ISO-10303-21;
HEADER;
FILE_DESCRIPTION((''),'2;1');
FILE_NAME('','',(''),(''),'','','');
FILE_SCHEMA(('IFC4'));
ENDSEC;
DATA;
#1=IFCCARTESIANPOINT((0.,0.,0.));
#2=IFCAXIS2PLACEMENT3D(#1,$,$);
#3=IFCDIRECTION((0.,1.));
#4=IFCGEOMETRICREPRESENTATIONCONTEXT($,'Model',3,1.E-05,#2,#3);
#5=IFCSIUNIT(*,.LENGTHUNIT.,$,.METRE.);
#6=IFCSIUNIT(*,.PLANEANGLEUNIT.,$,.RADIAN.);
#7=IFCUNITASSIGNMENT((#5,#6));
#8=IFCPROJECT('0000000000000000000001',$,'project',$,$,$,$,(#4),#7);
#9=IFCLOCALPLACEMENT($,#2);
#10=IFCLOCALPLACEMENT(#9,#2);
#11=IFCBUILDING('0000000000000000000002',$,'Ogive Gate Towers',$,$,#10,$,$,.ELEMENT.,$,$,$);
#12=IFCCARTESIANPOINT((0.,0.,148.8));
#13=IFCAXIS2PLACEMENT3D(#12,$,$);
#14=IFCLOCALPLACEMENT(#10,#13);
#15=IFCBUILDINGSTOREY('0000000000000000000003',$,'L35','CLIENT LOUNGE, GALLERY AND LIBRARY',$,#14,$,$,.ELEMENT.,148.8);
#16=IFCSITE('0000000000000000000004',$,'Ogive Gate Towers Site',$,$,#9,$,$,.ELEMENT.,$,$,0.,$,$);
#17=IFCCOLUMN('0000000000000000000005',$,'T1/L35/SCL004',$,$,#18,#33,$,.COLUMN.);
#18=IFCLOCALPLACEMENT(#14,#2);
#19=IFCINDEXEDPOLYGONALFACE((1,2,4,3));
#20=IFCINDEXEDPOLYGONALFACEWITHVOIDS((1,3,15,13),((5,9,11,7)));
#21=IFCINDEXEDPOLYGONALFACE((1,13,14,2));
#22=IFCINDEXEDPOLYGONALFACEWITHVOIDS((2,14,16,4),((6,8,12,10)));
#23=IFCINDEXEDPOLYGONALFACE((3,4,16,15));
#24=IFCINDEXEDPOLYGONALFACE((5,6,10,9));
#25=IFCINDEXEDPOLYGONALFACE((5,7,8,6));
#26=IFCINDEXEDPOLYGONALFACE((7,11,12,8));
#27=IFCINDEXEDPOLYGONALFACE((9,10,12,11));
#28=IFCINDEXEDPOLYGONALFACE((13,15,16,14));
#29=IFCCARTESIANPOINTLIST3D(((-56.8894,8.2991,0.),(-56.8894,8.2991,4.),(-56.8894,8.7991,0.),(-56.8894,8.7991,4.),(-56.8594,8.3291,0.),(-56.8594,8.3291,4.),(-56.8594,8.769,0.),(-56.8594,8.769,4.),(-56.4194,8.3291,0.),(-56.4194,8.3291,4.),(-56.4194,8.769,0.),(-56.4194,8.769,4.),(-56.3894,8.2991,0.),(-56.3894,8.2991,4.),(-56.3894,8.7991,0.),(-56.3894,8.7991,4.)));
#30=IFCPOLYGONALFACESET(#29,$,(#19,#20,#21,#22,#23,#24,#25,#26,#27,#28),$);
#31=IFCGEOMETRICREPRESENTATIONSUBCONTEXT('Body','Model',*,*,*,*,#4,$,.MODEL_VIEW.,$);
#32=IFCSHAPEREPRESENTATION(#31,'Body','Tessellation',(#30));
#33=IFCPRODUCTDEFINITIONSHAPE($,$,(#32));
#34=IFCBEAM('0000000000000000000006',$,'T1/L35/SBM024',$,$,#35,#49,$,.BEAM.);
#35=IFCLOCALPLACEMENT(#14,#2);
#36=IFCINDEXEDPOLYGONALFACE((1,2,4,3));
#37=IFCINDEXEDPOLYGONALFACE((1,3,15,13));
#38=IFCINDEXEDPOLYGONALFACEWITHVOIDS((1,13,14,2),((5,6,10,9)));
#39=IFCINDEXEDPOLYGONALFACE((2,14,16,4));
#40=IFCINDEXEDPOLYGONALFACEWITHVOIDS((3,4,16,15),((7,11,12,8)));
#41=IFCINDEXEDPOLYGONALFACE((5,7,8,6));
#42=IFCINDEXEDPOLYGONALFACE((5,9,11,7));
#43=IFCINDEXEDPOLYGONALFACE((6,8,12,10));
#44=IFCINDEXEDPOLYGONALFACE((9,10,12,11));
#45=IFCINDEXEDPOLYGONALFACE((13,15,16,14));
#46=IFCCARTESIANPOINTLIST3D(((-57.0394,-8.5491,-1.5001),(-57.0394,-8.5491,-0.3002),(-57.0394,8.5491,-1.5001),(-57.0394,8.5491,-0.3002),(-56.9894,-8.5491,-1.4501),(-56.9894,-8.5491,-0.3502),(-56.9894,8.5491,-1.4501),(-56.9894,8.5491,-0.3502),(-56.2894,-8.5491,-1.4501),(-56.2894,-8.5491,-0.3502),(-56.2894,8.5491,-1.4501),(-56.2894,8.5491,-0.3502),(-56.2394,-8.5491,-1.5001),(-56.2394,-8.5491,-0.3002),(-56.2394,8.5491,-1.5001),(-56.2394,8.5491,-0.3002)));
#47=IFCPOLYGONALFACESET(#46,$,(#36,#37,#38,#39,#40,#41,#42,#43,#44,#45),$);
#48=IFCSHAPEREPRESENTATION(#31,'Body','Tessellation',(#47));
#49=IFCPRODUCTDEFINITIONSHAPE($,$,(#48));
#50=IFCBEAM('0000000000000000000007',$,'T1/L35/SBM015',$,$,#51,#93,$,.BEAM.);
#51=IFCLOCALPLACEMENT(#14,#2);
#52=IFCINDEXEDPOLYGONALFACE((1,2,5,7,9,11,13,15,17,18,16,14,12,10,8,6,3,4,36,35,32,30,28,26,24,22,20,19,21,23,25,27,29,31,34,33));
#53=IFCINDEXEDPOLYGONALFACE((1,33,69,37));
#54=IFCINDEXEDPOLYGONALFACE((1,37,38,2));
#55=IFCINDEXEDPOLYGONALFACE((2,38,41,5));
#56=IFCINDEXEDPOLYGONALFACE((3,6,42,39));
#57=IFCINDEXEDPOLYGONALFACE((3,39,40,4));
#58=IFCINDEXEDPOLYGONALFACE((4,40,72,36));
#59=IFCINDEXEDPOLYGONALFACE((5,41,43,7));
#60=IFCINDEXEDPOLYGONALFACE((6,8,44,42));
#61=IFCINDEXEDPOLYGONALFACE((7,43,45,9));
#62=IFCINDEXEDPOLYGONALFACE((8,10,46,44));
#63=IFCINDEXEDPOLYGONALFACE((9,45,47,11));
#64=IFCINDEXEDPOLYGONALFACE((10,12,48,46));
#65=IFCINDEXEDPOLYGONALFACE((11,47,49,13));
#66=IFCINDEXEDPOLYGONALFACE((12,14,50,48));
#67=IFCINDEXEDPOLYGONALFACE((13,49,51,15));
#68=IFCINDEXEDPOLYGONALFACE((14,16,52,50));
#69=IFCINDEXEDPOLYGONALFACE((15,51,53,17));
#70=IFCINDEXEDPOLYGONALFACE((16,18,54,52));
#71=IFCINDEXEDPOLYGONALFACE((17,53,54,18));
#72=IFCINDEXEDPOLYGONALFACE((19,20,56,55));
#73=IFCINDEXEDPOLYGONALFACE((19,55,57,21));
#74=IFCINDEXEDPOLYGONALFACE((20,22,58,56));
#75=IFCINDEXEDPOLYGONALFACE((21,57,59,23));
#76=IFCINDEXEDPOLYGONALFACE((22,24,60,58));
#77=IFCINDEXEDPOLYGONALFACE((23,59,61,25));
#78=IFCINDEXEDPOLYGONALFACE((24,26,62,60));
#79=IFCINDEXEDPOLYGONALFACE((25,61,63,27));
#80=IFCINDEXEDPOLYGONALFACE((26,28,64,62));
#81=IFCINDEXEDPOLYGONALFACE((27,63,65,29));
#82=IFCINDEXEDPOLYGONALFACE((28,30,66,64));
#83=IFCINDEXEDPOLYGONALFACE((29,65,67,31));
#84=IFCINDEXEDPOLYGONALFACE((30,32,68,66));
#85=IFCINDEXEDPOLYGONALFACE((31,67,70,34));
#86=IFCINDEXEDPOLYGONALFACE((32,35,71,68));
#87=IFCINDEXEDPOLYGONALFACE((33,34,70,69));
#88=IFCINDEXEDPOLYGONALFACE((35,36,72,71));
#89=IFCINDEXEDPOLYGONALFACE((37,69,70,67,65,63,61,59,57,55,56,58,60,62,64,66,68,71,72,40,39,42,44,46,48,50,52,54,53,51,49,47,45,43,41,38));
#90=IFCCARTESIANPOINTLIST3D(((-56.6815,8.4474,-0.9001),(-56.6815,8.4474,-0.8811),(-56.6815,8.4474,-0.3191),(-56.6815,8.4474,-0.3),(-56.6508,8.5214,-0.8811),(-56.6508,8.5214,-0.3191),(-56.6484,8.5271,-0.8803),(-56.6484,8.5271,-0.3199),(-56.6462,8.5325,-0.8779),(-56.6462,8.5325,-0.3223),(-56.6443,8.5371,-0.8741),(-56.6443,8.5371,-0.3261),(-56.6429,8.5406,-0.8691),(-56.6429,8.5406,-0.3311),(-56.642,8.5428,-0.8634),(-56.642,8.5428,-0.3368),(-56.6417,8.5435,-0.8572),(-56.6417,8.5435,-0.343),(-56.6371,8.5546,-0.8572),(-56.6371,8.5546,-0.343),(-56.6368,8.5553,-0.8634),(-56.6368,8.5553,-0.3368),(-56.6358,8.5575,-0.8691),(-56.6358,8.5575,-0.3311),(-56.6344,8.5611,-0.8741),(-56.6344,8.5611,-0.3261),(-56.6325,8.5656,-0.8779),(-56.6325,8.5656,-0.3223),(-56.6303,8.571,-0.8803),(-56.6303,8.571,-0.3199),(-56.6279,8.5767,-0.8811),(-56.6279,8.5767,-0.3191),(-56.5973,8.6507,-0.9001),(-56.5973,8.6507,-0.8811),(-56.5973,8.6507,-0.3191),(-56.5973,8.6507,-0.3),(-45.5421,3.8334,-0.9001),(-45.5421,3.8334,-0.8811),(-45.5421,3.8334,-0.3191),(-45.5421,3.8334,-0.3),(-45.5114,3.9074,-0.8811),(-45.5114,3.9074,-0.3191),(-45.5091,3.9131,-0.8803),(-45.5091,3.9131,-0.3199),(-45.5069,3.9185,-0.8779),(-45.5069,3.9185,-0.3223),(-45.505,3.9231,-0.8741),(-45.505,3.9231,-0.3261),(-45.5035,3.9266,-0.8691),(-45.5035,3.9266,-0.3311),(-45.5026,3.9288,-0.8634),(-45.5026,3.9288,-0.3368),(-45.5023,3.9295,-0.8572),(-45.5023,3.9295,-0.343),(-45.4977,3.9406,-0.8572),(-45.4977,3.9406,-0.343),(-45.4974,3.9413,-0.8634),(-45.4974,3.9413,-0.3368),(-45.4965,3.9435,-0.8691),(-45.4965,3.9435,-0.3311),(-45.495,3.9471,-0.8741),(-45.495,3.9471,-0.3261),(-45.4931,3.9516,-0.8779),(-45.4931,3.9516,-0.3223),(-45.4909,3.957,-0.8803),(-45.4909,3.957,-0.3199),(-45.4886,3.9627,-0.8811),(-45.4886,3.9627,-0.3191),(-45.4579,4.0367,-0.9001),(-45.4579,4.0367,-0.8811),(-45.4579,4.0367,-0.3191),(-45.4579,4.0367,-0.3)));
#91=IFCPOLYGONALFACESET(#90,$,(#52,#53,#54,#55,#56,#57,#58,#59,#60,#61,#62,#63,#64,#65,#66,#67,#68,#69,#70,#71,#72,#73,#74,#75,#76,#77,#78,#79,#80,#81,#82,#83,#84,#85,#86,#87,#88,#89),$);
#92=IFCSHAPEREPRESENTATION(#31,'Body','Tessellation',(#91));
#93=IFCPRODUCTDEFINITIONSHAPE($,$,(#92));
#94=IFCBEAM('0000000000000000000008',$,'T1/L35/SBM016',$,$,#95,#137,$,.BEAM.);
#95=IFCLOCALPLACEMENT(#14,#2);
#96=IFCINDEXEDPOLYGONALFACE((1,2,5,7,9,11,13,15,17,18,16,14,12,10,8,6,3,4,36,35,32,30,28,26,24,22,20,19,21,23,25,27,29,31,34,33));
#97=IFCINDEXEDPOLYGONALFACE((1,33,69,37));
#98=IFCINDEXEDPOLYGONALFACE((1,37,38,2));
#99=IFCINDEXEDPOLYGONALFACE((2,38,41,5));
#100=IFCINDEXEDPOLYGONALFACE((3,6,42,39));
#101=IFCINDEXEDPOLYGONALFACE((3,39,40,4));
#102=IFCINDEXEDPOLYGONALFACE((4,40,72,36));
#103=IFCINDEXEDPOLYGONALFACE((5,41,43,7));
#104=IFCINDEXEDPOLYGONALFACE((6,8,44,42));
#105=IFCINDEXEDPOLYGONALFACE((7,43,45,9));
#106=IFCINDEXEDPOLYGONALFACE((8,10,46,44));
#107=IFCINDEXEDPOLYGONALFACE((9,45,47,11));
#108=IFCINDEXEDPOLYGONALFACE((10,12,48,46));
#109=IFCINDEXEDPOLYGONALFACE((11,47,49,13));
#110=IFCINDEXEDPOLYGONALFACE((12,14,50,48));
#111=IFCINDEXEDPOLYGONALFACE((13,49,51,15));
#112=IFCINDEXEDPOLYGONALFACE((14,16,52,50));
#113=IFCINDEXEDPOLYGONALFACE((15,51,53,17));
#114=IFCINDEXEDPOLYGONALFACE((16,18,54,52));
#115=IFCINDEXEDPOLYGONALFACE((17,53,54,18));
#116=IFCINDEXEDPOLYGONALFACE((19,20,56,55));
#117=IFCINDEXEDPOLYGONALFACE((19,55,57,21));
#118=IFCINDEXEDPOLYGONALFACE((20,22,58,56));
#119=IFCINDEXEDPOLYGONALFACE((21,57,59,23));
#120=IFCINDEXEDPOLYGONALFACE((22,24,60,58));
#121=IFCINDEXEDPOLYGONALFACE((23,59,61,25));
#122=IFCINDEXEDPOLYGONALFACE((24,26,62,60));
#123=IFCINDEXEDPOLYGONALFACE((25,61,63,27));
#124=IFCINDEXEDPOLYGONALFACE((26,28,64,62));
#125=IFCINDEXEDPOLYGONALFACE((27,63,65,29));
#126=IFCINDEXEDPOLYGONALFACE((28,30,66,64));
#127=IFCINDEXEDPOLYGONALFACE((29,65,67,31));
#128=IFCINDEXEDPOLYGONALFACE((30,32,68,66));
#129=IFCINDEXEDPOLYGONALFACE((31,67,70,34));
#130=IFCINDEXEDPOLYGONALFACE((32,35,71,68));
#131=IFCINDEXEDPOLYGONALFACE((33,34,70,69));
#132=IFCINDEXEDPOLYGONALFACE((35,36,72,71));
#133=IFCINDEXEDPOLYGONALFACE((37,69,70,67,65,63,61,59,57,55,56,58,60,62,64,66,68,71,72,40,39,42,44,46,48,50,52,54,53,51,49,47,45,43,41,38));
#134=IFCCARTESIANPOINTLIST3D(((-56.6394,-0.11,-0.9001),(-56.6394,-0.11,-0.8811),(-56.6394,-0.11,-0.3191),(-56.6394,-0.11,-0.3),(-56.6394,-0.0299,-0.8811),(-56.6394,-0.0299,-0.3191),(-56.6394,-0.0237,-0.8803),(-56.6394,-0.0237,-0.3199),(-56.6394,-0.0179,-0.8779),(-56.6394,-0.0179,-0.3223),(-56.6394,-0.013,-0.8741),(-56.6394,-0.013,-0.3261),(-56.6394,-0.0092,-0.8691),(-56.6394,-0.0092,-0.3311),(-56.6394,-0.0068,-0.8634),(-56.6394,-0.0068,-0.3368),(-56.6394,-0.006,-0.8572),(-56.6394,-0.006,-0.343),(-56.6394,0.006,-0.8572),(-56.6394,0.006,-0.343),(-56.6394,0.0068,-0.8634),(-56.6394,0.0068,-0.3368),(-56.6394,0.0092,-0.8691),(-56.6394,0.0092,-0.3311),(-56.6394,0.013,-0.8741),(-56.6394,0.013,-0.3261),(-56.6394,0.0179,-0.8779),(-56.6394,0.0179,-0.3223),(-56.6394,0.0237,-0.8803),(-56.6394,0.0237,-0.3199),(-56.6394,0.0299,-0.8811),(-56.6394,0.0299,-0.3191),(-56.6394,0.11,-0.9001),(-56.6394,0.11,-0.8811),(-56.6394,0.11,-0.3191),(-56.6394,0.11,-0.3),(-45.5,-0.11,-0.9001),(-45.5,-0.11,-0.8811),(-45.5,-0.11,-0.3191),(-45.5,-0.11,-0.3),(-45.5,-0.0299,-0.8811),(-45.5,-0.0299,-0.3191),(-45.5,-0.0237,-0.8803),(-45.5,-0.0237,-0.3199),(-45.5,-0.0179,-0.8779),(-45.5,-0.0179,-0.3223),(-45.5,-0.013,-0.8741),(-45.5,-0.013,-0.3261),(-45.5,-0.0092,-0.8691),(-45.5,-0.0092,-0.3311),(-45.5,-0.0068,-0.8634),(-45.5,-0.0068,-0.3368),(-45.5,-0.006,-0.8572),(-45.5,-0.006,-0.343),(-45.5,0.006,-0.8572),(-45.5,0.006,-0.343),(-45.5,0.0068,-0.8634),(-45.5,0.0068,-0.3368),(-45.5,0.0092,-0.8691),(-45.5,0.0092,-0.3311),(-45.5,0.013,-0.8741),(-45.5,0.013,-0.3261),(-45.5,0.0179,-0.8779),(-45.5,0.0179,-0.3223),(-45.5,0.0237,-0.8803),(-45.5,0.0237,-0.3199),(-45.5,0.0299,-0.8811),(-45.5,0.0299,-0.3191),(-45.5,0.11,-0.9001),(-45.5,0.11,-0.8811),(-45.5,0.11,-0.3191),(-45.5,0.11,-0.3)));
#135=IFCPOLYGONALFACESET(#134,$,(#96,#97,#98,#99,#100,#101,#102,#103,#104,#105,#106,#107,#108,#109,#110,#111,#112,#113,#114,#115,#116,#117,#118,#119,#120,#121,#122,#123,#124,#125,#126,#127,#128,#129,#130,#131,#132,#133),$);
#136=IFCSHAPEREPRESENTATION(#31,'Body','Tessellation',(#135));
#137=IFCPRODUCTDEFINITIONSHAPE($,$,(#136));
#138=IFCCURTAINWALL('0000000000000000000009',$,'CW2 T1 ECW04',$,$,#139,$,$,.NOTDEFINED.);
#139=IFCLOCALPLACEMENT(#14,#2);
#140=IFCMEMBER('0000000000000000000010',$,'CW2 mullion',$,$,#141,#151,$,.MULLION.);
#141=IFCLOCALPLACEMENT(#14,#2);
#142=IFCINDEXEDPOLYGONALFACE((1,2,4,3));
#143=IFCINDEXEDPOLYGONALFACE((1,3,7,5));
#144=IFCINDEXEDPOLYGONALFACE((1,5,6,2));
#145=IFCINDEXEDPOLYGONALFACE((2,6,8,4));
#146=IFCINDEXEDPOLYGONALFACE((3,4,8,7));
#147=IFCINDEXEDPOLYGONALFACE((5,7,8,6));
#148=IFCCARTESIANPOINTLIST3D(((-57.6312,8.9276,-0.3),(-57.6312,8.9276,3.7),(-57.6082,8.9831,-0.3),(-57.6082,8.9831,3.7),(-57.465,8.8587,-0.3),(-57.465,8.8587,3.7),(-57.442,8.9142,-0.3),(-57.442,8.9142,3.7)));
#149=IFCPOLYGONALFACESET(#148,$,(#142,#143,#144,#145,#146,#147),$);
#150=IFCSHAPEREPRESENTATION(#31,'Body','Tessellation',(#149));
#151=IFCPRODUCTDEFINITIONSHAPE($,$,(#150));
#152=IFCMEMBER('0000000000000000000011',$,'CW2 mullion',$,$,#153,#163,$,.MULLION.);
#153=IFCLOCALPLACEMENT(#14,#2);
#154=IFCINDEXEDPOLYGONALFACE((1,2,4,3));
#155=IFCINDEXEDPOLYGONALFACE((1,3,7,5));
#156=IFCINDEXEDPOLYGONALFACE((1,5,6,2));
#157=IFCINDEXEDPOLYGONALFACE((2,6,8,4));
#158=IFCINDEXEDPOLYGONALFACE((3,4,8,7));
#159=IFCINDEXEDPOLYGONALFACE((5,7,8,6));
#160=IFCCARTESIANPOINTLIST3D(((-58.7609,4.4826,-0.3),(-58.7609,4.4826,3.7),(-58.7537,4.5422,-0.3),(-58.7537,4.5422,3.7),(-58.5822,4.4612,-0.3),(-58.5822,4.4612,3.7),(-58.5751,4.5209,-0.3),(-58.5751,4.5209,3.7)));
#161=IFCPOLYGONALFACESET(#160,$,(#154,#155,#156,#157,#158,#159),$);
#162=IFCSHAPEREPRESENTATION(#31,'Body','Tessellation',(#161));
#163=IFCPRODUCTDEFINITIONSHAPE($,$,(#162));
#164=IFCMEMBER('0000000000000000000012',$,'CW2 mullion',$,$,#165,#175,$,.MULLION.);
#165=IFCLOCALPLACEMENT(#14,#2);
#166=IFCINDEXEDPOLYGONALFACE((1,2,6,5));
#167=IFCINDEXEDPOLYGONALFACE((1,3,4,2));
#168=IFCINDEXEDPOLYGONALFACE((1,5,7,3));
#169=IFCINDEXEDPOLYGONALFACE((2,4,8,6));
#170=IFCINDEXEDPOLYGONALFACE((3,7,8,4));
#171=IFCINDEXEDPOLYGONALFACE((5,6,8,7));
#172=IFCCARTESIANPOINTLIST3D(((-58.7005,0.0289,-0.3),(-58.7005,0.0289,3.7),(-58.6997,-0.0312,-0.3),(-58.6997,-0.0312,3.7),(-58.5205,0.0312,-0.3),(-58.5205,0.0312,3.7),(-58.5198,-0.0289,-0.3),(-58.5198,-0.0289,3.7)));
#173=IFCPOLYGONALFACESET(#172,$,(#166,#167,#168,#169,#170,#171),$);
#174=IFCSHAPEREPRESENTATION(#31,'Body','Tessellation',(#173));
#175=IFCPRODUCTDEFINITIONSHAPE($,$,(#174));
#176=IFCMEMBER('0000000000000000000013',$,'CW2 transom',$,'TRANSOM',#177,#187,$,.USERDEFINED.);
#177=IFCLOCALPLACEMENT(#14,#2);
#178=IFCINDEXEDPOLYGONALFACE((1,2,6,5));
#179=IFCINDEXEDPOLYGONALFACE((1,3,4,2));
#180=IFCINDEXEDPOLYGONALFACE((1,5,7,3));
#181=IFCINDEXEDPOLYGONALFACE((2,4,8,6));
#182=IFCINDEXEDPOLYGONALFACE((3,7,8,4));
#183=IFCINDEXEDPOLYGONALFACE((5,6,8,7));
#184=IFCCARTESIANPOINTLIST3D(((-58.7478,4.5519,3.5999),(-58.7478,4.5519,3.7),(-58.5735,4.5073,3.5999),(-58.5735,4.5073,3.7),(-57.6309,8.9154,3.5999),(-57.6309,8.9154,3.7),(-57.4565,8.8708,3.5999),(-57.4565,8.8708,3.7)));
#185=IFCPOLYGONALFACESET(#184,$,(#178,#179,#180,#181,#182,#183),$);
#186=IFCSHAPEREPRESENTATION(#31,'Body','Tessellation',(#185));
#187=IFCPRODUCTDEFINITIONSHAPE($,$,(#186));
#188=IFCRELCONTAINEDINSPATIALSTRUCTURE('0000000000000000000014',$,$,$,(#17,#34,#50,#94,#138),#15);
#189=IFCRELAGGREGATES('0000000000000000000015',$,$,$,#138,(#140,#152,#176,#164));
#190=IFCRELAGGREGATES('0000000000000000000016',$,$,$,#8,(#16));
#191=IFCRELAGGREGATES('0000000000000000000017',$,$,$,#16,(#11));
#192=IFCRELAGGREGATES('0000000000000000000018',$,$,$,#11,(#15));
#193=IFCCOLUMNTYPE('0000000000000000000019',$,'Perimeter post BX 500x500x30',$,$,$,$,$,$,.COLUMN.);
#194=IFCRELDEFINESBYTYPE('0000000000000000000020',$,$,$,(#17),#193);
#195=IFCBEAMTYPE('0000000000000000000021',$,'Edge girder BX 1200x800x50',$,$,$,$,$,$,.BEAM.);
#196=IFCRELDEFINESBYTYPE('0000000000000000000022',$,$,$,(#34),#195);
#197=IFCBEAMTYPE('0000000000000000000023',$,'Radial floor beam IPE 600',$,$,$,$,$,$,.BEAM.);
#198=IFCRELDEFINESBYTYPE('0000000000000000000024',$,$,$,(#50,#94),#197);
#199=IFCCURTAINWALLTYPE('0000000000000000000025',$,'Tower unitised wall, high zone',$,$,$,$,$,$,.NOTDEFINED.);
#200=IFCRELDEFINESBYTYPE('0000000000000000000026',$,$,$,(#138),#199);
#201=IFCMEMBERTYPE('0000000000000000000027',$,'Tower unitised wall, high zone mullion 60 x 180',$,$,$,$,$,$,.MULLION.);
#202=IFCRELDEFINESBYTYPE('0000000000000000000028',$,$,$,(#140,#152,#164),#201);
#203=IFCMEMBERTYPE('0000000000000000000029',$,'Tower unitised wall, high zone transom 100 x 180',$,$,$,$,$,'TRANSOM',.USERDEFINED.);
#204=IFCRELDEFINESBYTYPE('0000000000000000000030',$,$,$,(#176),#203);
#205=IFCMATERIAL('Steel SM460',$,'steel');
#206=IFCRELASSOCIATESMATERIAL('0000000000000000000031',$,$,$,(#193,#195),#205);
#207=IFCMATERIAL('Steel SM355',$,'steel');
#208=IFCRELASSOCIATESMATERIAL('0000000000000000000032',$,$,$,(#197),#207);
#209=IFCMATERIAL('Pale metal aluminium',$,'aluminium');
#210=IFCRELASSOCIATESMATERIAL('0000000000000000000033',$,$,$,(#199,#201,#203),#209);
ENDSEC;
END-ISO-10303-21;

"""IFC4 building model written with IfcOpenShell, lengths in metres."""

from ifc_helpers import new_model, si_unit, direction, frame, origin, origin_2d, place, context, subcontext, project, spatial, rectangle, hollow_rectangle, i_section, extrude, material, material_profile, profile_set, type_object, element, aggregate, save


model = new_model("IFC4")

# Units and contexts
model_context = context("Model", 3, precision=1e-05, world=origin(), true_north=direction((0.0, 1.0)))
body_context = subcontext(model_context, "Body", "Model", "MODEL_VIEW")
ifc_project = project(units=[si_unit("LENGTHUNIT", "METRE"), si_unit("PLANEANGLEUNIT", "RADIAN")], contexts=[model_context])

# Site, building, storey
site_placement = place(None, origin())
site = spatial("IfcSite", under=ifc_project, at=site_placement, Name="Ogive Gate Towers Site", CompositionType="ELEMENT", RefElevation=0.0)
building_placement = place(site_placement, origin())
building = spatial("IfcBuilding", under=site, at=building_placement, Name="Ogive Gate Towers", CompositionType="ELEMENT")
storey_placement = place(building_placement, frame((0.0, 0.0, 148.8)))
storey = spatial("IfcBuildingStorey", under=building, at=storey_placement, Name="L35", Description="CLIENT LOUNGE, GALLERY AND LIBRARY", CompositionType="ELEMENT", Elevation=148.8)

# Column
ifc_material_1 = material(Name="Steel SM460", Category="steel")
ifc_material_profile_1 = material_profile(ifc_material_1, hollow_rectangle(XDim=0.5, YDim=0.5, WallThickness=0.03, at=origin_2d()), Name="BX 500x500x30")
ifc_profile_set_1 = profile_set([ifc_material_profile_1], Name="Steel SM460")
column_type = type_object("IfcColumnType", Name="Perimeter post BX 500x500x30", PredefinedType="COLUMN", material=ifc_profile_set_1)
column_placement = place(storey_placement, frame((-56.6394, 8.5491, 0.0), z_axis=(0.0, 0.0, 1.0), x_axis=(1.0, 0.0, 0.0)))
element("IfcColumn", 1, at=column_placement, inside=storey, type_object=column_type, Name="T1/L35/SCL004", PredefinedType="COLUMN", context=body_context, shape_type="SweptSolid", body=[
    extrude(hollow_rectangle(XDim=0.5, YDim=0.5, WallThickness=0.03, at=origin_2d()), origin(), (0.0, 0.0, 1.0), 4.0),
])

# Beams
ifc_material_profile_2 = material_profile(ifc_material_1, hollow_rectangle(XDim=0.8, YDim=1.2, WallThickness=0.05, at=origin_2d()), Name="BX 1200x800x50")
ifc_profile_set_2 = profile_set([ifc_material_profile_2], Name="Steel SM460")
beam_type_1 = type_object("IfcBeamType", Name="Edge girder BX 1200x800x50", PredefinedType="BEAM", material=ifc_profile_set_2)
beam_1_placement = place(storey_placement, frame((-56.6394, 8.5491, -0.9001), z_axis=(0.0, -1.0, 0.0), x_axis=(1.0, 0.0, 0.0)))
element("IfcBeam", 2, at=beam_1_placement, inside=storey, type_object=beam_type_1, Name="T1/L35/SBM024", PredefinedType="BEAM", context=body_context, shape_type="SweptSolid", body=[
    extrude(hollow_rectangle(XDim=0.8, YDim=1.2, WallThickness=0.05, at=origin_2d()), origin(), (0.0, 0.0, 1.0), 17.0981),
])
ifc_material_2 = material(Name="Steel SM355", Category="steel")
ifc_material_profile_3 = material_profile(ifc_material_2, i_section(OverallWidth=0.22, OverallDepth=0.6001, WebThickness=0.012, FlangeThickness=0.019, FilletRadius=0.0239, at=origin_2d()), Name="IPE 600")
ifc_profile_set_3 = profile_set([ifc_material_profile_3], Name="Steel SM355")
beam_type_2 = type_object("IfcBeamType", Name="Radial floor beam IPE 600", PredefinedType="BEAM", material=ifc_profile_set_3)
beam_2_placement = place(storey_placement, frame((-45.5, 3.9351, -0.6001), z_axis=(-0.923882, 0.382678, 0.0), x_axis=(-0.382678, -0.923882, 0.0)))
element("IfcBeam", 3, at=beam_2_placement, inside=storey, type_object=beam_type_2, Name="T1/L35/SBM015", PredefinedType="BEAM", context=body_context, shape_type="SweptSolid", body=[
    extrude(i_section(OverallWidth=0.22, OverallDepth=0.6001, WebThickness=0.012, FlangeThickness=0.019, FilletRadius=0.0239, at=origin_2d()), origin(), (0.0, 0.0, 1.0), 12.0571),
])
beam_3_placement = place(storey_placement, frame((-45.5, 0.0, -0.6001), z_axis=(-1.0, 0.0, 0.0), x_axis=(0.0, -1.0, 0.0)))
element("IfcBeam", 4, at=beam_3_placement, inside=storey, type_object=beam_type_2, Name="T1/L35/SBM016", PredefinedType="BEAM", context=body_context, shape_type="SweptSolid", body=[
    extrude(i_section(OverallWidth=0.22, OverallDepth=0.6001, WebThickness=0.012, FlangeThickness=0.019, FilletRadius=0.0239, at=origin_2d()), origin(), (0.0, 0.0, 1.0), 11.1394),
])

# Curtain wall, members
ifc_material_3 = material(Name="Pale metal aluminium", Category="aluminium")
curtain_wall_type = type_object("IfcCurtainWallType", Name="Tower unitised wall, high zone", PredefinedType="NOTDEFINED", material=ifc_material_3)
curtain_wall_placement = place(storey_placement, origin())
curtain_wall = element("IfcCurtainWall", 5, at=curtain_wall_placement, inside=storey, type_object=curtain_wall_type, Name="CW2 T1 ECW04", PredefinedType="NOTDEFINED")
ifc_material_profile_4 = material_profile(ifc_material_3, rectangle(XDim=0.1799, YDim=0.0601, at=origin_2d()), Name="60 x 180 aluminium box")
ifc_profile_set_4 = profile_set([ifc_material_profile_4], Name="Pale metal aluminium")
member_type_1 = type_object("IfcMemberType", Name="Tower unitised wall, high zone mullion 60 x 180", PredefinedType="MULLION", material=ifc_profile_set_4)
member_1_placement = place(storey_placement, frame((-57.5366, 8.9209, -0.3), z_axis=(0.0, 0.0, 1.0), x_axis=(-0.92388, 0.382683, 0.0)))
member_1 = element("IfcMember", 6, at=member_1_placement, type_object=member_type_1, Name="CW2 mullion", PredefinedType="MULLION", context=body_context, shape_type="SweptSolid", body=[
    extrude(rectangle(XDim=0.1799, YDim=0.0601, at=origin_2d()), origin(), (0.0, 0.0, 1.0), 4.0),
])
member_2_placement = place(storey_placement, frame((-58.668, 4.5017, -0.3), z_axis=(0.0, 0.0, 1.0), x_axis=(-0.992941, 0.118612, 0.0)))
member_2 = element("IfcMember", 7, at=member_2_placement, type_object=member_type_1, Name="CW2 mullion", PredefinedType="MULLION", context=body_context, shape_type="SweptSolid", body=[
    extrude(rectangle(XDim=0.1799, YDim=0.0601, at=origin_2d()), origin(), (0.0, 0.0, 1.0), 4.0),
])
member_3_placement = place(storey_placement, frame((-58.6101, 0.0, -0.3), z_axis=(0.0, 0.0, 1.0), x_axis=(-0.999918, -0.012828, 0.0)))
member_3 = element("IfcMember", 8, at=member_3_placement, type_object=member_type_1, Name="CW2 mullion", PredefinedType="MULLION", context=body_context, shape_type="SweptSolid", body=[
    extrude(rectangle(XDim=0.1799, YDim=0.0601, at=origin_2d()), origin(), (0.0, 0.0, 1.0), 4.0),
])
ifc_material_profile_5 = material_profile(ifc_material_3, rectangle(XDim=0.1799, YDim=0.1001, at=origin_2d()), Name="100 x 180 aluminium box")
ifc_profile_set_5 = profile_set([ifc_material_profile_5], Name="Pale metal aluminium")
member_type_2 = type_object("IfcMemberType", Name="Tower unitised wall, high zone transom 100 x 180", ElementType="TRANSOM", PredefinedType="USERDEFINED", material=ifc_profile_set_5)
member_4_placement = place(storey_placement, frame((-57.5437, 8.8931, 3.6499), z_axis=(-0.247978, -0.968766, 0.0), x_axis=(0.968766, -0.247978, 0.0)))
member_4 = element("IfcMember", 9, at=member_4_placement, type_object=member_type_2, Name="CW2 transom", ObjectType="TRANSOM", PredefinedType="USERDEFINED", context=body_context, shape_type="SweptSolid", body=[
    extrude(rectangle(XDim=0.1799, YDim=0.1001, at=origin_2d()), origin(), (0.0, 0.0, 1.0), 4.5042),
])
aggregate(curtain_wall, [member_1, member_2, member_4, member_3])

save(model, "model.ifc")
